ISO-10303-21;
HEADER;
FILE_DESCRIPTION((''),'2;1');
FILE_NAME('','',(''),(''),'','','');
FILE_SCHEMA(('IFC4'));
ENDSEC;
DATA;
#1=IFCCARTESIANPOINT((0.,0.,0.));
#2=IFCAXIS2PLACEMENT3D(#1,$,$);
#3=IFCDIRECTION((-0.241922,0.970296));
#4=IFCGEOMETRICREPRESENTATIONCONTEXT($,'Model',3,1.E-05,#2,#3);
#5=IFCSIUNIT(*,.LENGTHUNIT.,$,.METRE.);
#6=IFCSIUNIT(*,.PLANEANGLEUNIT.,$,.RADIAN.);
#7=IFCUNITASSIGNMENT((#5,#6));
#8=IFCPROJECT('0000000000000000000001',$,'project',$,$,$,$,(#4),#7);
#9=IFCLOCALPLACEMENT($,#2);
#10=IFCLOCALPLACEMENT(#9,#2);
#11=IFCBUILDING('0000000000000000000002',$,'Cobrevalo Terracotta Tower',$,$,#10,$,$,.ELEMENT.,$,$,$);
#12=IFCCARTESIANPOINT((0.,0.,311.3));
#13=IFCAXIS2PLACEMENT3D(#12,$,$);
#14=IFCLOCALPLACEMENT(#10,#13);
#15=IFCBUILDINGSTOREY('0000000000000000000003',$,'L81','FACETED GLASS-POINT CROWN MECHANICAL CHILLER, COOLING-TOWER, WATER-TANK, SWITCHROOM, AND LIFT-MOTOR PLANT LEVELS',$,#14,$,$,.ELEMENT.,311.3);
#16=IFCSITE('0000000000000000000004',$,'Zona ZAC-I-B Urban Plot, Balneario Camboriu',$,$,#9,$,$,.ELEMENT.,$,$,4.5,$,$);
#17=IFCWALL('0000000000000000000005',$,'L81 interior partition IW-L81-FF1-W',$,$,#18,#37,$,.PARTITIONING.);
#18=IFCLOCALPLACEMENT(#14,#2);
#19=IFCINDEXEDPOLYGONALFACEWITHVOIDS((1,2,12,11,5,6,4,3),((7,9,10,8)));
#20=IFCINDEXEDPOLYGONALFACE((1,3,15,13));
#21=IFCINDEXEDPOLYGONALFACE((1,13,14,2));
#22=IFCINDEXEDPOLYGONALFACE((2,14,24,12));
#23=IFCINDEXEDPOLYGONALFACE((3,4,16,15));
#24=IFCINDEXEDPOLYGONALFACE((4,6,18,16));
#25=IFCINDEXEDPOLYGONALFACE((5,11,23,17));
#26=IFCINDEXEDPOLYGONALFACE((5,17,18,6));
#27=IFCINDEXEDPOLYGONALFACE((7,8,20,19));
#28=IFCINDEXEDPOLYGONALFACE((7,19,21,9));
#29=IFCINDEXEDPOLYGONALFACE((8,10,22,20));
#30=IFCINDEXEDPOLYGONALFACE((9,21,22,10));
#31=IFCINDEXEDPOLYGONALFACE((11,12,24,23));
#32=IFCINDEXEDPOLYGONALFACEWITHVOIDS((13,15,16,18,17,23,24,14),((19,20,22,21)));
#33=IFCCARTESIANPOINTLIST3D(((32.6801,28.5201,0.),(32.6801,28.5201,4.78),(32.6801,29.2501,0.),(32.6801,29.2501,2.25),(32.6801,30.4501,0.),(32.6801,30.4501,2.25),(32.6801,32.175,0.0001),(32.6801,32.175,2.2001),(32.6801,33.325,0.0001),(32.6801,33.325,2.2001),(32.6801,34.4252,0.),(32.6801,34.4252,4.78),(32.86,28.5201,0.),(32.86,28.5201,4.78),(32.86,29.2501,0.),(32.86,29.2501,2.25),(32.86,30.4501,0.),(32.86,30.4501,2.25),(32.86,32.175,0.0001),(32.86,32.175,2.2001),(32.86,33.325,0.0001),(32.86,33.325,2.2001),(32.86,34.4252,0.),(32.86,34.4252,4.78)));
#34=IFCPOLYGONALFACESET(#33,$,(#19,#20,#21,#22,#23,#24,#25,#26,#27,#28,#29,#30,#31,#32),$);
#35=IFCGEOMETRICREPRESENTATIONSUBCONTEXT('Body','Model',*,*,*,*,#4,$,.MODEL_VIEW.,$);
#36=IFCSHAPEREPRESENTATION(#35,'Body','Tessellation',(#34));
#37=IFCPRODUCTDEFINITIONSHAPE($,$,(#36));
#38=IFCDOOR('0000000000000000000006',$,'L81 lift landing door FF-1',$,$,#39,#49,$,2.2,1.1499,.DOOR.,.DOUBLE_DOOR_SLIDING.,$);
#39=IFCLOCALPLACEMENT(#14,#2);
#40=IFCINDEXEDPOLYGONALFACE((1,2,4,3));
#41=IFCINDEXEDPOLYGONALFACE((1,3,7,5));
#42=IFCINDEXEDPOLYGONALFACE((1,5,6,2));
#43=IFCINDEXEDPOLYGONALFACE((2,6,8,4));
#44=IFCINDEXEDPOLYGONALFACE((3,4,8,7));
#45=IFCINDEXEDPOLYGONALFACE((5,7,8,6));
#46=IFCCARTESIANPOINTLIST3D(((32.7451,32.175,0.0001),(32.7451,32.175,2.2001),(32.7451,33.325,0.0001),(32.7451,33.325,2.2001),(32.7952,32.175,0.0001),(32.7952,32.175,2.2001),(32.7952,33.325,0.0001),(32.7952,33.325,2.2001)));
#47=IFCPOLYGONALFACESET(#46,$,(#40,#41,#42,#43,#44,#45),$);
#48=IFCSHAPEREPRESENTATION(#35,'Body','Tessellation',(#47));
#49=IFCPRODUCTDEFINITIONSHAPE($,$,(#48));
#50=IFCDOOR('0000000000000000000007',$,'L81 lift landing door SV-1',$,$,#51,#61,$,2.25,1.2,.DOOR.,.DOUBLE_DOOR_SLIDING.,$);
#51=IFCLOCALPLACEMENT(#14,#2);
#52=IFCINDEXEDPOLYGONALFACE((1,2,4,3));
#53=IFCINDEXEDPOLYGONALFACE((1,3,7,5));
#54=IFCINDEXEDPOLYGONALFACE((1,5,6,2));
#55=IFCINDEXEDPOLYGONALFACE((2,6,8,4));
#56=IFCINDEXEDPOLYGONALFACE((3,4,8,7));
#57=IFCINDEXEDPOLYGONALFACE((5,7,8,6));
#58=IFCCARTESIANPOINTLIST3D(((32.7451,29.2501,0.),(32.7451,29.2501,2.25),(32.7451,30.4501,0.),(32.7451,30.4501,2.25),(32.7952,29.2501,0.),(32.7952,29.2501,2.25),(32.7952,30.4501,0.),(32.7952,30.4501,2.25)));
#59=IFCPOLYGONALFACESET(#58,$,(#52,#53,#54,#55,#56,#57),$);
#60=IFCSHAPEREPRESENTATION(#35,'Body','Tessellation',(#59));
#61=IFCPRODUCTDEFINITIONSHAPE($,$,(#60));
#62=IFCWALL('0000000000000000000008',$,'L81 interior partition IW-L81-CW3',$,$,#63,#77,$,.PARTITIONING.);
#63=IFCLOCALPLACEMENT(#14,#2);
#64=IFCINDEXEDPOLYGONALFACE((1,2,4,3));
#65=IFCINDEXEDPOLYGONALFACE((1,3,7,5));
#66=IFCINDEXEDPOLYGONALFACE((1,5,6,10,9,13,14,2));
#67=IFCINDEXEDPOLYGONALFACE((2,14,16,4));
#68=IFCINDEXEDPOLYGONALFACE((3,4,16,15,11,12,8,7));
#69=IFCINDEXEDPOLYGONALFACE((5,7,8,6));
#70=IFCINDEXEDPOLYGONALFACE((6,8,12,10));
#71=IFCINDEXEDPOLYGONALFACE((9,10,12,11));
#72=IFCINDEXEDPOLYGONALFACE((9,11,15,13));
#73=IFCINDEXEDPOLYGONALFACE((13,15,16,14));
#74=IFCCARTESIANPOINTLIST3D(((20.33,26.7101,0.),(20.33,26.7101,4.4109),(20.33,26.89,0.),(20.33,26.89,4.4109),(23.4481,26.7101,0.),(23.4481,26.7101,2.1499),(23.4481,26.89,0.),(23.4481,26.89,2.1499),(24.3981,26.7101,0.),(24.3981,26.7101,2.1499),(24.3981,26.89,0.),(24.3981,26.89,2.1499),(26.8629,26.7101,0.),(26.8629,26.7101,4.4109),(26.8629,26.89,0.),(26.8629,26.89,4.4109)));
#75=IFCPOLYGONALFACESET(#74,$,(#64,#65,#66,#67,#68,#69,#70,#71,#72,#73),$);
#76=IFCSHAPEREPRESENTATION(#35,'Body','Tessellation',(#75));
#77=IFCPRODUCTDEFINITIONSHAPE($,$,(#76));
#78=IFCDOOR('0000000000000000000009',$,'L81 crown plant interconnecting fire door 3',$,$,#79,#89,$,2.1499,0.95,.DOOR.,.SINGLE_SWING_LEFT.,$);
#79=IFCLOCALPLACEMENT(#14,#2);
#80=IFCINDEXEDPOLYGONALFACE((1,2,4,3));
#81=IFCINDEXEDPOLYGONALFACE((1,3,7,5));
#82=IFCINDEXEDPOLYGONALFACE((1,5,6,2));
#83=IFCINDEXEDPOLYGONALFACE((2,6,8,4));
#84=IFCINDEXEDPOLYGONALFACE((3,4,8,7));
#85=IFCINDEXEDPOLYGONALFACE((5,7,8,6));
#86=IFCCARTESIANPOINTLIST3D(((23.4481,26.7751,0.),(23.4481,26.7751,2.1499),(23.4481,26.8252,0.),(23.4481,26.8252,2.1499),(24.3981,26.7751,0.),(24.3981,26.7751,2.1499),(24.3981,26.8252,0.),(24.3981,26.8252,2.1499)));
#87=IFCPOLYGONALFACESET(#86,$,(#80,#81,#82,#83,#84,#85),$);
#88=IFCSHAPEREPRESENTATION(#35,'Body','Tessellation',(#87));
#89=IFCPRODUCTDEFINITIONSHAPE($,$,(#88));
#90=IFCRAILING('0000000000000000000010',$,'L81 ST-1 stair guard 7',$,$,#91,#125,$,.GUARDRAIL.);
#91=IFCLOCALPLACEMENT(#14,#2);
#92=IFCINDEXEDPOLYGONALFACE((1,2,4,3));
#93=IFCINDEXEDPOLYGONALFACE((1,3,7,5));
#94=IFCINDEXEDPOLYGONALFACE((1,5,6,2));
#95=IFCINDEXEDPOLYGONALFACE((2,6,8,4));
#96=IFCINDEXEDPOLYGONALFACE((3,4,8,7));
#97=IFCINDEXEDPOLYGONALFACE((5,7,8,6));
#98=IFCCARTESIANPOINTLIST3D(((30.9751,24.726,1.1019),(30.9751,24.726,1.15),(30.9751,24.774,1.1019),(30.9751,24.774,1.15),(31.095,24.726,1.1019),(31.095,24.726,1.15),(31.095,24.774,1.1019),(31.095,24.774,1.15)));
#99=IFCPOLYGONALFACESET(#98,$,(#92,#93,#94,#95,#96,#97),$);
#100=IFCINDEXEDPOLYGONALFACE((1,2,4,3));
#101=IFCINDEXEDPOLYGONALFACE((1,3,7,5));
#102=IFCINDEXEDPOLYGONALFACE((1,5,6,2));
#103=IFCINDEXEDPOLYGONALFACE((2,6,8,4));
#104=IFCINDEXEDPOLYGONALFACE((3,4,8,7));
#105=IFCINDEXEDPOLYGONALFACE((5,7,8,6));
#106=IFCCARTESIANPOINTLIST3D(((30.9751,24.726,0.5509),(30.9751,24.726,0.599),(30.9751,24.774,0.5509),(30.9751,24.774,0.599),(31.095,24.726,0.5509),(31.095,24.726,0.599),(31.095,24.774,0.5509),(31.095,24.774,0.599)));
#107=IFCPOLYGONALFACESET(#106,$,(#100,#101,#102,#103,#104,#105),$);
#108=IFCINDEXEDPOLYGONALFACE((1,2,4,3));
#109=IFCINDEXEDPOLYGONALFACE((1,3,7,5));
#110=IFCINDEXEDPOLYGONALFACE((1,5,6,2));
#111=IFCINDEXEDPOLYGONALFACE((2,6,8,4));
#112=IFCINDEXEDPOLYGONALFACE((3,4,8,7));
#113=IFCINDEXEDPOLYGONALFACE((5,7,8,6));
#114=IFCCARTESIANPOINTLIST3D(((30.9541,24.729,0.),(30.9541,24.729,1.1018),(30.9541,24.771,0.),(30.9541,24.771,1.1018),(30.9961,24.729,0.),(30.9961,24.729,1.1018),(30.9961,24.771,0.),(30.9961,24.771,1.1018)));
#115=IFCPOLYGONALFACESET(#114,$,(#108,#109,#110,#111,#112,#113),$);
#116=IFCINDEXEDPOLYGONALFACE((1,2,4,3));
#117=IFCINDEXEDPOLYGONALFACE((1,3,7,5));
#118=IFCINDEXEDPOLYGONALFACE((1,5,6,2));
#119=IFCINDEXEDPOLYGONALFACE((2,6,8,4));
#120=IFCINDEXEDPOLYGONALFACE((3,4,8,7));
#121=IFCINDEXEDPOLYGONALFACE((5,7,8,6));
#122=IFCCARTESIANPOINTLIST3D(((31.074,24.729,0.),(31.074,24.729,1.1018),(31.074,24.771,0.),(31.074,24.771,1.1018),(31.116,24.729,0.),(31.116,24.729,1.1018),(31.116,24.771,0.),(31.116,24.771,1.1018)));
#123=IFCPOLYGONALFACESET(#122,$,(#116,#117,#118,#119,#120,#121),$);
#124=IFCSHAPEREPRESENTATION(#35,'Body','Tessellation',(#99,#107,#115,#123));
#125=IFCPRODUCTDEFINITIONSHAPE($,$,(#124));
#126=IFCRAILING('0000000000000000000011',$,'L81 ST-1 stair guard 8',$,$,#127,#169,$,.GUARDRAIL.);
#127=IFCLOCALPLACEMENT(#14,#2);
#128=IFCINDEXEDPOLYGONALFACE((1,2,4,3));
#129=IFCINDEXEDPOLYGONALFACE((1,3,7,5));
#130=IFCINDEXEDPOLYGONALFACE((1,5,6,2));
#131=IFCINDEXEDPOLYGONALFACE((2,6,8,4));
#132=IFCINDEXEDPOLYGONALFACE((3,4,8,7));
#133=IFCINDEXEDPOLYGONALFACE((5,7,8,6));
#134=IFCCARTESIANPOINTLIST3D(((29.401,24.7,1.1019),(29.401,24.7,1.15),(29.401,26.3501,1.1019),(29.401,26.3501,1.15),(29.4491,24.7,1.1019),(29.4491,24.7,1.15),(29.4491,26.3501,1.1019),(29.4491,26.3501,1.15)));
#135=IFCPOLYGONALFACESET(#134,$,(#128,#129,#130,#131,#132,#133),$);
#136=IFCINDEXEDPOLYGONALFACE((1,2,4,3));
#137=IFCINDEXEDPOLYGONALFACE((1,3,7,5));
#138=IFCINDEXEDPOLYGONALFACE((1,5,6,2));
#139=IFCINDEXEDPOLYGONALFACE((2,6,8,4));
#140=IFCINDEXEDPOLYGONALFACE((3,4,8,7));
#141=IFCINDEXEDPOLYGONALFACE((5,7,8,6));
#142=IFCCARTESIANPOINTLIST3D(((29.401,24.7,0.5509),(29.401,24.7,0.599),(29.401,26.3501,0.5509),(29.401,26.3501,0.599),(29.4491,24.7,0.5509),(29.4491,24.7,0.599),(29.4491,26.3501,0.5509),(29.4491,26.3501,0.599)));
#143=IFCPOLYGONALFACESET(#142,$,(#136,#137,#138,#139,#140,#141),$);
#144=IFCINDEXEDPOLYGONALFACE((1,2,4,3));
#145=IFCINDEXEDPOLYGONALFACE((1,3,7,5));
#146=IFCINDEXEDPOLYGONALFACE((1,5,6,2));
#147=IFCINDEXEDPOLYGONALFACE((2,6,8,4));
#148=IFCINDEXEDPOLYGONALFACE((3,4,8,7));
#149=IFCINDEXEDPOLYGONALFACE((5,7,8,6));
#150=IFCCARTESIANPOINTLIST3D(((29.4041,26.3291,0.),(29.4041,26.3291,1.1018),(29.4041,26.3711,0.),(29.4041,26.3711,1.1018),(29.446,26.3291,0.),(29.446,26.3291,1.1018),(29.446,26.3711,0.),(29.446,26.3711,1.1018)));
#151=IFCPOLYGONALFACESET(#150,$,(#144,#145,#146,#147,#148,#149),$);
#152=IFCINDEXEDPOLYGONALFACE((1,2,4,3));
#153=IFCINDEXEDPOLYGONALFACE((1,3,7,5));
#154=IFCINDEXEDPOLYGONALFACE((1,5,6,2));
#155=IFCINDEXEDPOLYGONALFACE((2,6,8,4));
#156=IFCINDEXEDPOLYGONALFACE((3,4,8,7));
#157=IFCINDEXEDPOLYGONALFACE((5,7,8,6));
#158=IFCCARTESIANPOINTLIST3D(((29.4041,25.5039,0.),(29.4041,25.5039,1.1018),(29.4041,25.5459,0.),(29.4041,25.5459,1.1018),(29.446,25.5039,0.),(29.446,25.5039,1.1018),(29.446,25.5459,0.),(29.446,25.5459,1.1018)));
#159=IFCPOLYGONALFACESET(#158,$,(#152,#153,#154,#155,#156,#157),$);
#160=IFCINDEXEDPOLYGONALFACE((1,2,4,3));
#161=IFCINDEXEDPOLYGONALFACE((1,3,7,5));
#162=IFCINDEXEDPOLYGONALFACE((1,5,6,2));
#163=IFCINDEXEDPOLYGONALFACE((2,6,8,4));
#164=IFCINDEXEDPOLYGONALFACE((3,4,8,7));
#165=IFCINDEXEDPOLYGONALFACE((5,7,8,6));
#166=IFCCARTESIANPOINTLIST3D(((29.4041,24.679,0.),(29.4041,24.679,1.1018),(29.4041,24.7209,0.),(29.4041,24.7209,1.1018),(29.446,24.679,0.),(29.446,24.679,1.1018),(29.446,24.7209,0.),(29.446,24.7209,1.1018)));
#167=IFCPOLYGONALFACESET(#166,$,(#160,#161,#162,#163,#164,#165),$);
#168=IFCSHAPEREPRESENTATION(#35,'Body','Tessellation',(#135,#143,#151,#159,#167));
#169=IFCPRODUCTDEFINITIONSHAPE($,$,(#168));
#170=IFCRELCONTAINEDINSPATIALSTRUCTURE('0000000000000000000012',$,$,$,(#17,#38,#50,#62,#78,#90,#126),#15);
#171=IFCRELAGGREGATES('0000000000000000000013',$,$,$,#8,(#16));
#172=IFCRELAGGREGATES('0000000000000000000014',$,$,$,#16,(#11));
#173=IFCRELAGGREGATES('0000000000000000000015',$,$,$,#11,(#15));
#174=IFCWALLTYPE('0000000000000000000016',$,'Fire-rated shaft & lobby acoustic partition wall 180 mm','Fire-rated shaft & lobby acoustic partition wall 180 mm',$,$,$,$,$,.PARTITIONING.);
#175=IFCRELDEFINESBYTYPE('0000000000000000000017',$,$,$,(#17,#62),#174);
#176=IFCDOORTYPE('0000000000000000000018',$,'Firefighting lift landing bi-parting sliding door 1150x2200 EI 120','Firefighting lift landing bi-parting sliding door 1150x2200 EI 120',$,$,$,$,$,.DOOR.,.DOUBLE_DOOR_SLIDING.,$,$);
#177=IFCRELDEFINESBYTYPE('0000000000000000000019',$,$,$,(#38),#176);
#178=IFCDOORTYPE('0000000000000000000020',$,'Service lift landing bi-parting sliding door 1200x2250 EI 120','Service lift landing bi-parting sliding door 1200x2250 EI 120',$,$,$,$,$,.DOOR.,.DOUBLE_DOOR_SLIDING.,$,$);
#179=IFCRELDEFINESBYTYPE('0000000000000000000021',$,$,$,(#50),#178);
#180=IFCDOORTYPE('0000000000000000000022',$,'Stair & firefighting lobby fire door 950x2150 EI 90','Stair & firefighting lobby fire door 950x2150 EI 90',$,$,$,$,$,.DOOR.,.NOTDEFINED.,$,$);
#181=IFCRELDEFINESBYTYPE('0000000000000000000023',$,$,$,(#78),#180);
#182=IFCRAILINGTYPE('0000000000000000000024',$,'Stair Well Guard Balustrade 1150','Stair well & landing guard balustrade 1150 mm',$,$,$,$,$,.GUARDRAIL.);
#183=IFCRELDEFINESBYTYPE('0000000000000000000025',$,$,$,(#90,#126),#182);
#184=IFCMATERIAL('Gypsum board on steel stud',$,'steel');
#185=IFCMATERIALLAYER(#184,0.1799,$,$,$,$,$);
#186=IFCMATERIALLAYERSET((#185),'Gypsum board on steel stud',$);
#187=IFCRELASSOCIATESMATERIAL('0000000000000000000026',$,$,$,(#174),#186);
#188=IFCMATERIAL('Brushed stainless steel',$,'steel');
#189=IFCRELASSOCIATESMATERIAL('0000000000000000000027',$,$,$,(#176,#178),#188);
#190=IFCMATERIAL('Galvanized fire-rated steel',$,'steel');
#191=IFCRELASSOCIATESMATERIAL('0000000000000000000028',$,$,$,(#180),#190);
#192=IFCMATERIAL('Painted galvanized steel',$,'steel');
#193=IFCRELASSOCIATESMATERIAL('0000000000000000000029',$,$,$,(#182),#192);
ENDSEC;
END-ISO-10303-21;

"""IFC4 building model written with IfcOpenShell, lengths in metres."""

from ifc_helpers import new_model, si_unit, direction, frame, frame_2d, origin, origin_2d, place, context, subcontext, project, spatial, rectangle, extrude, source, transform, mapped, material, layer, layer_set, type_object, element, fill, save


model = new_model("IFC4")

# Units and contexts
model_context = context("Model", 3, precision=1e-05, world=origin(), true_north=direction((-0.241922, 0.970296)))
body_context = subcontext(model_context, "Body", "Model", "MODEL_VIEW")
ifc_project = project(units=[si_unit("LENGTHUNIT", "METRE"), si_unit("PLANEANGLEUNIT", "RADIAN")], contexts=[model_context])

# Site, building, storey
site_placement = place(None, origin())
site = spatial("IfcSite", under=ifc_project, at=site_placement, Name="Zona ZAC-I-B Urban Plot, Balneario Camboriu", CompositionType="ELEMENT", RefElevation=4.5)
building_placement = place(site_placement, origin())
building = spatial("IfcBuilding", under=site, at=building_placement, Name="Cobrevalo Terracotta Tower", CompositionType="ELEMENT")
storey_placement = place(building_placement, frame((0.0, 0.0, 311.3)))
storey = spatial("IfcBuildingStorey", under=building, at=storey_placement, Name="L81", Description="FACETED GLASS-POINT CROWN MECHANICAL CHILLER, COOLING-TOWER, WATER-TANK, SWITCHROOM, AND LIFT-MOTOR PLANT LEVELS", CompositionType="ELEMENT", Elevation=311.3)

# Shared definitions
ifc_material_1 = material(Name="Gypsum board on steel stud", Category="steel")

# Shared definitions
ifc_layer_1 = layer(ifc_material_1, 0.1799)
ifc_layer_set_1 = layer_set([ifc_layer_1], Name="Gypsum board on steel stud")
wall_type_1 = type_object("IfcWallType", Name="Fire-rated shaft & lobby acoustic partition wall 180 mm", Description="Fire-rated shaft & lobby acoustic partition wall 180 mm", PredefinedType="PARTITIONING", material=ifc_layer_set_1)

# Wall, openings, doors
wall_1_placement = place(storey_placement, frame((32.77, 28.52, 0.0), z_axis=(0.0, 0.0, 1.0), x_axis=(0.0, 1.0, 0.0)))
wall_1 = element("IfcWall", 1, at=wall_1_placement, inside=storey, type_object=wall_type_1, Name="L81 interior partition IW-L81-FF1-W", PredefinedType="PARTITIONING", context=body_context, shape_type="SweptSolid", body=[
    extrude(rectangle(XDim=5.905, YDim=0.1799, at=frame_2d((2.9526, 0.0))), origin(), (0.0, 0.0, 1.0), 4.78),
])
opening_1_placement = place(wall_1_placement, frame((3.655, 0.0, 0.0)))
opening_1 = element("IfcOpeningElement", 2, at=opening_1_placement, cuts=wall_1, PredefinedType="OPENING", context=body_context, shape_type="SweptSolid", body=[
    extrude(rectangle(XDim=1.1499, YDim=2.2, at=frame_2d((0.575, 1.1001))), frame((0.0, 0.1001, 0.0), z_axis=(0.0, -1.0, 0.0), x_axis=(1.0, 0.0, 0.0)), (0.0, 0.0, 1.0), 0.2),
])
opening_2_placement = place(wall_1_placement, frame((0.73, 0.0, 0.0)))
opening_2 = element("IfcOpeningElement", 3, at=opening_2_placement, cuts=wall_1, PredefinedType="OPENING", context=body_context, shape_type="SweptSolid", body=[
    extrude(rectangle(XDim=1.2, YDim=2.25, at=frame_2d((0.6001, 1.125))), frame((0.0, 0.1001, 0.0), z_axis=(0.0, -1.0, 0.0), x_axis=(1.0, 0.0, 0.0)), (0.0, 0.0, 1.0), 0.2),
])
ifc_material_2 = material(Name="Brushed stainless steel", Category="steel")
door_type_1 = type_object("IfcDoorType", Name="Firefighting lift landing bi-parting sliding door 1150x2200 EI 120", Description="Firefighting lift landing bi-parting sliding door 1150x2200 EI 120", OperationType="DOUBLE_DOOR_SLIDING", PredefinedType="DOOR", material=ifc_material_2)
shared_shape_1 = source(origin(), body_context, "Body", "SweptSolid", [
    extrude(rectangle(XDim=1.1499, YDim=2.2, at=frame_2d((0.575, 1.1001))), frame((0.0, 0.0249, 0.0), z_axis=(0.0, -1.0, 0.0), x_axis=(1.0, 0.0, 0.0)), (0.0, 0.0, 1.0), 0.05),
])
door_1_placement = place(opening_1_placement, origin())
door_1 = element("IfcDoor", 4, at=door_1_placement, inside=storey, type_object=door_type_1, Name="L81 lift landing door FF-1", OperationType="DOUBLE_DOOR_SLIDING", OverallHeight=2.2, OverallWidth=1.1499, PredefinedType="DOOR", context=body_context, shape_type="MappedRepresentation", body=[
    mapped(shared_shape_1, transform((0.0, 0.0, 0.0), scale=1.0)),
])
fill(opening_1, door_1)
door_type_2 = type_object("IfcDoorType", Name="Service lift landing bi-parting sliding door 1200x2250 EI 120", Description="Service lift landing bi-parting sliding door 1200x2250 EI 120", OperationType="DOUBLE_DOOR_SLIDING", PredefinedType="DOOR", material=ifc_material_2)
shared_shape_2 = source(origin(), body_context, "Body", "SweptSolid", [
    extrude(rectangle(XDim=1.2, YDim=2.25, at=frame_2d((0.6001, 1.125))), frame((0.0, 0.0249, 0.0), z_axis=(0.0, -1.0, 0.0), x_axis=(1.0, 0.0, 0.0)), (0.0, 0.0, 1.0), 0.05),
])
door_2_placement = place(opening_2_placement, origin())
door_2 = element("IfcDoor", 5, at=door_2_placement, inside=storey, type_object=door_type_2, Name="L81 lift landing door SV-1", OperationType="DOUBLE_DOOR_SLIDING", OverallHeight=2.25, OverallWidth=1.2, PredefinedType="DOOR", context=body_context, shape_type="MappedRepresentation", body=[
    mapped(shared_shape_2, transform((0.0, 0.0, 0.0), scale=1.0)),
])
fill(opening_2, door_2)

# Wall, opening, door
wall_2_placement = place(storey_placement, frame((26.863, 26.8, 0.0), z_axis=(0.0, 0.0, 1.0), x_axis=(-1.0, 0.0, 0.0)))
wall_2 = element("IfcWall", 6, at=wall_2_placement, inside=storey, type_object=wall_type_1, Name="L81 interior partition IW-L81-CW3", PredefinedType="PARTITIONING", context=body_context, shape_type="SweptSolid", body=[
    extrude(rectangle(XDim=6.533, YDim=0.1799, at=frame_2d((3.2666, 0.0))), origin(), (0.0, 0.0, 1.0), 4.4109),
])
opening_3_placement = place(wall_2_placement, frame((2.4648, 0.0, 0.0)))
opening_3 = element("IfcOpeningElement", 7, at=opening_3_placement, cuts=wall_2, PredefinedType="OPENING", context=body_context, shape_type="SweptSolid", body=[
    extrude(rectangle(XDim=0.95, YDim=2.1499, at=frame_2d((0.4751, 1.075))), frame((0.0, 0.1001, 0.0), z_axis=(0.0, -1.0, 0.0), x_axis=(1.0, 0.0, 0.0)), (0.0, 0.0, 1.0), 0.2),
])
ifc_material_3 = material(Name="Galvanized fire-rated steel", Category="steel")
door_type_3 = type_object("IfcDoorType", Name="Stair & firefighting lobby fire door 950x2150 EI 90", Description="Stair & firefighting lobby fire door 950x2150 EI 90", OperationType="NOTDEFINED", PredefinedType="DOOR", material=ifc_material_3)
shared_shape_3 = source(origin(), body_context, "Body", "SweptSolid", [
    extrude(rectangle(XDim=0.95, YDim=2.1499, at=frame_2d((0.4751, 1.075))), frame((0.0, 0.0249, 0.0), z_axis=(0.0, -1.0, 0.0), x_axis=(1.0, 0.0, 0.0)), (0.0, 0.0, 1.0), 0.05),
])
door_3_placement = place(opening_3_placement, origin())
door_3 = element("IfcDoor", 8, at=door_3_placement, inside=storey, type_object=door_type_3, Name="L81 crown plant interconnecting fire door 3", OperationType="SINGLE_SWING_LEFT", OverallHeight=2.1499, OverallWidth=0.95, PredefinedType="DOOR", context=body_context, shape_type="MappedRepresentation", body=[
    mapped(shared_shape_3, transform((0.0, 0.0, 0.0), scale=1.0)),
])
fill(opening_3, door_3)

# Railings
ifc_material_4 = material(Name="Painted galvanized steel", Category="steel")
railing_type = type_object("IfcRailingType", Name="Stair Well Guard Balustrade 1150", Description="Stair well & landing guard balustrade 1150 mm", PredefinedType="GUARDRAIL", material=ifc_material_4)
railing_placement = place(storey_placement, frame((30.9751, 24.75, 0.0)))
element("IfcRailing", 9, at=railing_placement, inside=storey, type_object=railing_type, Name="L81 ST-1 stair guard 7", PredefinedType="GUARDRAIL", context=body_context, shape_type="SweptSolid", body=[
    extrude(rectangle(XDim=0.0481, YDim=0.0481, at=origin_2d()), frame((0.0, 0.0, 1.126), z_axis=(1.0, 0.0, 0.0), x_axis=(0.0, 1.0, 0.0)), (0.0, 0.0, 1.0), 0.1199),
    extrude(rectangle(XDim=0.0481, YDim=0.0481, at=origin_2d()), frame((0.0, 0.0, 0.575), z_axis=(1.0, 0.0, 0.0), x_axis=(0.0, 1.0, 0.0)), (0.0, 0.0, 1.0), 0.1199),
    extrude(rectangle(XDim=0.042, YDim=0.042, at=origin_2d()), origin(), (0.0, 0.0, 1.0), 1.1018),
    extrude(rectangle(XDim=0.042, YDim=0.042, at=origin_2d()), frame((0.1199, 0.0, 0.0)), (0.0, 0.0, 1.0), 1.1018),
])
for number, where, name in (
    (10, (29.425, 26.3501, 0.0), "L81 ST-1 stair guard 8"),
):
    element("IfcRailing", number, at=place(storey_placement, frame(where)), inside=storey, type_object=railing_type, Name=name, PredefinedType="GUARDRAIL", context=body_context, shape_type="SweptSolid", body=[
        extrude(rectangle(XDim=0.0481, YDim=0.0481, at=origin_2d()), frame((0.0, 0.0, 1.126), z_axis=(0.0, -1.0, 0.0), x_axis=(1.0, 0.0, 0.0)), (0.0, 0.0, 1.0), 1.6501),
        extrude(rectangle(XDim=0.0481, YDim=0.0481, at=origin_2d()), frame((0.0, 0.0, 0.575), z_axis=(0.0, -1.0, 0.0), x_axis=(1.0, 0.0, 0.0)), (0.0, 0.0, 1.0), 1.6501),
        extrude(rectangle(XDim=0.042, YDim=0.042, at=origin_2d()), origin(), (0.0, 0.0, 1.0), 1.1018),
        extrude(rectangle(XDim=0.042, YDim=0.042, at=origin_2d()), frame((0.0, -0.8252, 0.0)), (0.0, 0.0, 1.0), 1.1018),
        extrude(rectangle(XDim=0.042, YDim=0.042, at=origin_2d()), frame((0.0, -1.6501, 0.0)), (0.0, 0.0, 1.0), 1.1018),
    ])

save(model, "model.ifc")
